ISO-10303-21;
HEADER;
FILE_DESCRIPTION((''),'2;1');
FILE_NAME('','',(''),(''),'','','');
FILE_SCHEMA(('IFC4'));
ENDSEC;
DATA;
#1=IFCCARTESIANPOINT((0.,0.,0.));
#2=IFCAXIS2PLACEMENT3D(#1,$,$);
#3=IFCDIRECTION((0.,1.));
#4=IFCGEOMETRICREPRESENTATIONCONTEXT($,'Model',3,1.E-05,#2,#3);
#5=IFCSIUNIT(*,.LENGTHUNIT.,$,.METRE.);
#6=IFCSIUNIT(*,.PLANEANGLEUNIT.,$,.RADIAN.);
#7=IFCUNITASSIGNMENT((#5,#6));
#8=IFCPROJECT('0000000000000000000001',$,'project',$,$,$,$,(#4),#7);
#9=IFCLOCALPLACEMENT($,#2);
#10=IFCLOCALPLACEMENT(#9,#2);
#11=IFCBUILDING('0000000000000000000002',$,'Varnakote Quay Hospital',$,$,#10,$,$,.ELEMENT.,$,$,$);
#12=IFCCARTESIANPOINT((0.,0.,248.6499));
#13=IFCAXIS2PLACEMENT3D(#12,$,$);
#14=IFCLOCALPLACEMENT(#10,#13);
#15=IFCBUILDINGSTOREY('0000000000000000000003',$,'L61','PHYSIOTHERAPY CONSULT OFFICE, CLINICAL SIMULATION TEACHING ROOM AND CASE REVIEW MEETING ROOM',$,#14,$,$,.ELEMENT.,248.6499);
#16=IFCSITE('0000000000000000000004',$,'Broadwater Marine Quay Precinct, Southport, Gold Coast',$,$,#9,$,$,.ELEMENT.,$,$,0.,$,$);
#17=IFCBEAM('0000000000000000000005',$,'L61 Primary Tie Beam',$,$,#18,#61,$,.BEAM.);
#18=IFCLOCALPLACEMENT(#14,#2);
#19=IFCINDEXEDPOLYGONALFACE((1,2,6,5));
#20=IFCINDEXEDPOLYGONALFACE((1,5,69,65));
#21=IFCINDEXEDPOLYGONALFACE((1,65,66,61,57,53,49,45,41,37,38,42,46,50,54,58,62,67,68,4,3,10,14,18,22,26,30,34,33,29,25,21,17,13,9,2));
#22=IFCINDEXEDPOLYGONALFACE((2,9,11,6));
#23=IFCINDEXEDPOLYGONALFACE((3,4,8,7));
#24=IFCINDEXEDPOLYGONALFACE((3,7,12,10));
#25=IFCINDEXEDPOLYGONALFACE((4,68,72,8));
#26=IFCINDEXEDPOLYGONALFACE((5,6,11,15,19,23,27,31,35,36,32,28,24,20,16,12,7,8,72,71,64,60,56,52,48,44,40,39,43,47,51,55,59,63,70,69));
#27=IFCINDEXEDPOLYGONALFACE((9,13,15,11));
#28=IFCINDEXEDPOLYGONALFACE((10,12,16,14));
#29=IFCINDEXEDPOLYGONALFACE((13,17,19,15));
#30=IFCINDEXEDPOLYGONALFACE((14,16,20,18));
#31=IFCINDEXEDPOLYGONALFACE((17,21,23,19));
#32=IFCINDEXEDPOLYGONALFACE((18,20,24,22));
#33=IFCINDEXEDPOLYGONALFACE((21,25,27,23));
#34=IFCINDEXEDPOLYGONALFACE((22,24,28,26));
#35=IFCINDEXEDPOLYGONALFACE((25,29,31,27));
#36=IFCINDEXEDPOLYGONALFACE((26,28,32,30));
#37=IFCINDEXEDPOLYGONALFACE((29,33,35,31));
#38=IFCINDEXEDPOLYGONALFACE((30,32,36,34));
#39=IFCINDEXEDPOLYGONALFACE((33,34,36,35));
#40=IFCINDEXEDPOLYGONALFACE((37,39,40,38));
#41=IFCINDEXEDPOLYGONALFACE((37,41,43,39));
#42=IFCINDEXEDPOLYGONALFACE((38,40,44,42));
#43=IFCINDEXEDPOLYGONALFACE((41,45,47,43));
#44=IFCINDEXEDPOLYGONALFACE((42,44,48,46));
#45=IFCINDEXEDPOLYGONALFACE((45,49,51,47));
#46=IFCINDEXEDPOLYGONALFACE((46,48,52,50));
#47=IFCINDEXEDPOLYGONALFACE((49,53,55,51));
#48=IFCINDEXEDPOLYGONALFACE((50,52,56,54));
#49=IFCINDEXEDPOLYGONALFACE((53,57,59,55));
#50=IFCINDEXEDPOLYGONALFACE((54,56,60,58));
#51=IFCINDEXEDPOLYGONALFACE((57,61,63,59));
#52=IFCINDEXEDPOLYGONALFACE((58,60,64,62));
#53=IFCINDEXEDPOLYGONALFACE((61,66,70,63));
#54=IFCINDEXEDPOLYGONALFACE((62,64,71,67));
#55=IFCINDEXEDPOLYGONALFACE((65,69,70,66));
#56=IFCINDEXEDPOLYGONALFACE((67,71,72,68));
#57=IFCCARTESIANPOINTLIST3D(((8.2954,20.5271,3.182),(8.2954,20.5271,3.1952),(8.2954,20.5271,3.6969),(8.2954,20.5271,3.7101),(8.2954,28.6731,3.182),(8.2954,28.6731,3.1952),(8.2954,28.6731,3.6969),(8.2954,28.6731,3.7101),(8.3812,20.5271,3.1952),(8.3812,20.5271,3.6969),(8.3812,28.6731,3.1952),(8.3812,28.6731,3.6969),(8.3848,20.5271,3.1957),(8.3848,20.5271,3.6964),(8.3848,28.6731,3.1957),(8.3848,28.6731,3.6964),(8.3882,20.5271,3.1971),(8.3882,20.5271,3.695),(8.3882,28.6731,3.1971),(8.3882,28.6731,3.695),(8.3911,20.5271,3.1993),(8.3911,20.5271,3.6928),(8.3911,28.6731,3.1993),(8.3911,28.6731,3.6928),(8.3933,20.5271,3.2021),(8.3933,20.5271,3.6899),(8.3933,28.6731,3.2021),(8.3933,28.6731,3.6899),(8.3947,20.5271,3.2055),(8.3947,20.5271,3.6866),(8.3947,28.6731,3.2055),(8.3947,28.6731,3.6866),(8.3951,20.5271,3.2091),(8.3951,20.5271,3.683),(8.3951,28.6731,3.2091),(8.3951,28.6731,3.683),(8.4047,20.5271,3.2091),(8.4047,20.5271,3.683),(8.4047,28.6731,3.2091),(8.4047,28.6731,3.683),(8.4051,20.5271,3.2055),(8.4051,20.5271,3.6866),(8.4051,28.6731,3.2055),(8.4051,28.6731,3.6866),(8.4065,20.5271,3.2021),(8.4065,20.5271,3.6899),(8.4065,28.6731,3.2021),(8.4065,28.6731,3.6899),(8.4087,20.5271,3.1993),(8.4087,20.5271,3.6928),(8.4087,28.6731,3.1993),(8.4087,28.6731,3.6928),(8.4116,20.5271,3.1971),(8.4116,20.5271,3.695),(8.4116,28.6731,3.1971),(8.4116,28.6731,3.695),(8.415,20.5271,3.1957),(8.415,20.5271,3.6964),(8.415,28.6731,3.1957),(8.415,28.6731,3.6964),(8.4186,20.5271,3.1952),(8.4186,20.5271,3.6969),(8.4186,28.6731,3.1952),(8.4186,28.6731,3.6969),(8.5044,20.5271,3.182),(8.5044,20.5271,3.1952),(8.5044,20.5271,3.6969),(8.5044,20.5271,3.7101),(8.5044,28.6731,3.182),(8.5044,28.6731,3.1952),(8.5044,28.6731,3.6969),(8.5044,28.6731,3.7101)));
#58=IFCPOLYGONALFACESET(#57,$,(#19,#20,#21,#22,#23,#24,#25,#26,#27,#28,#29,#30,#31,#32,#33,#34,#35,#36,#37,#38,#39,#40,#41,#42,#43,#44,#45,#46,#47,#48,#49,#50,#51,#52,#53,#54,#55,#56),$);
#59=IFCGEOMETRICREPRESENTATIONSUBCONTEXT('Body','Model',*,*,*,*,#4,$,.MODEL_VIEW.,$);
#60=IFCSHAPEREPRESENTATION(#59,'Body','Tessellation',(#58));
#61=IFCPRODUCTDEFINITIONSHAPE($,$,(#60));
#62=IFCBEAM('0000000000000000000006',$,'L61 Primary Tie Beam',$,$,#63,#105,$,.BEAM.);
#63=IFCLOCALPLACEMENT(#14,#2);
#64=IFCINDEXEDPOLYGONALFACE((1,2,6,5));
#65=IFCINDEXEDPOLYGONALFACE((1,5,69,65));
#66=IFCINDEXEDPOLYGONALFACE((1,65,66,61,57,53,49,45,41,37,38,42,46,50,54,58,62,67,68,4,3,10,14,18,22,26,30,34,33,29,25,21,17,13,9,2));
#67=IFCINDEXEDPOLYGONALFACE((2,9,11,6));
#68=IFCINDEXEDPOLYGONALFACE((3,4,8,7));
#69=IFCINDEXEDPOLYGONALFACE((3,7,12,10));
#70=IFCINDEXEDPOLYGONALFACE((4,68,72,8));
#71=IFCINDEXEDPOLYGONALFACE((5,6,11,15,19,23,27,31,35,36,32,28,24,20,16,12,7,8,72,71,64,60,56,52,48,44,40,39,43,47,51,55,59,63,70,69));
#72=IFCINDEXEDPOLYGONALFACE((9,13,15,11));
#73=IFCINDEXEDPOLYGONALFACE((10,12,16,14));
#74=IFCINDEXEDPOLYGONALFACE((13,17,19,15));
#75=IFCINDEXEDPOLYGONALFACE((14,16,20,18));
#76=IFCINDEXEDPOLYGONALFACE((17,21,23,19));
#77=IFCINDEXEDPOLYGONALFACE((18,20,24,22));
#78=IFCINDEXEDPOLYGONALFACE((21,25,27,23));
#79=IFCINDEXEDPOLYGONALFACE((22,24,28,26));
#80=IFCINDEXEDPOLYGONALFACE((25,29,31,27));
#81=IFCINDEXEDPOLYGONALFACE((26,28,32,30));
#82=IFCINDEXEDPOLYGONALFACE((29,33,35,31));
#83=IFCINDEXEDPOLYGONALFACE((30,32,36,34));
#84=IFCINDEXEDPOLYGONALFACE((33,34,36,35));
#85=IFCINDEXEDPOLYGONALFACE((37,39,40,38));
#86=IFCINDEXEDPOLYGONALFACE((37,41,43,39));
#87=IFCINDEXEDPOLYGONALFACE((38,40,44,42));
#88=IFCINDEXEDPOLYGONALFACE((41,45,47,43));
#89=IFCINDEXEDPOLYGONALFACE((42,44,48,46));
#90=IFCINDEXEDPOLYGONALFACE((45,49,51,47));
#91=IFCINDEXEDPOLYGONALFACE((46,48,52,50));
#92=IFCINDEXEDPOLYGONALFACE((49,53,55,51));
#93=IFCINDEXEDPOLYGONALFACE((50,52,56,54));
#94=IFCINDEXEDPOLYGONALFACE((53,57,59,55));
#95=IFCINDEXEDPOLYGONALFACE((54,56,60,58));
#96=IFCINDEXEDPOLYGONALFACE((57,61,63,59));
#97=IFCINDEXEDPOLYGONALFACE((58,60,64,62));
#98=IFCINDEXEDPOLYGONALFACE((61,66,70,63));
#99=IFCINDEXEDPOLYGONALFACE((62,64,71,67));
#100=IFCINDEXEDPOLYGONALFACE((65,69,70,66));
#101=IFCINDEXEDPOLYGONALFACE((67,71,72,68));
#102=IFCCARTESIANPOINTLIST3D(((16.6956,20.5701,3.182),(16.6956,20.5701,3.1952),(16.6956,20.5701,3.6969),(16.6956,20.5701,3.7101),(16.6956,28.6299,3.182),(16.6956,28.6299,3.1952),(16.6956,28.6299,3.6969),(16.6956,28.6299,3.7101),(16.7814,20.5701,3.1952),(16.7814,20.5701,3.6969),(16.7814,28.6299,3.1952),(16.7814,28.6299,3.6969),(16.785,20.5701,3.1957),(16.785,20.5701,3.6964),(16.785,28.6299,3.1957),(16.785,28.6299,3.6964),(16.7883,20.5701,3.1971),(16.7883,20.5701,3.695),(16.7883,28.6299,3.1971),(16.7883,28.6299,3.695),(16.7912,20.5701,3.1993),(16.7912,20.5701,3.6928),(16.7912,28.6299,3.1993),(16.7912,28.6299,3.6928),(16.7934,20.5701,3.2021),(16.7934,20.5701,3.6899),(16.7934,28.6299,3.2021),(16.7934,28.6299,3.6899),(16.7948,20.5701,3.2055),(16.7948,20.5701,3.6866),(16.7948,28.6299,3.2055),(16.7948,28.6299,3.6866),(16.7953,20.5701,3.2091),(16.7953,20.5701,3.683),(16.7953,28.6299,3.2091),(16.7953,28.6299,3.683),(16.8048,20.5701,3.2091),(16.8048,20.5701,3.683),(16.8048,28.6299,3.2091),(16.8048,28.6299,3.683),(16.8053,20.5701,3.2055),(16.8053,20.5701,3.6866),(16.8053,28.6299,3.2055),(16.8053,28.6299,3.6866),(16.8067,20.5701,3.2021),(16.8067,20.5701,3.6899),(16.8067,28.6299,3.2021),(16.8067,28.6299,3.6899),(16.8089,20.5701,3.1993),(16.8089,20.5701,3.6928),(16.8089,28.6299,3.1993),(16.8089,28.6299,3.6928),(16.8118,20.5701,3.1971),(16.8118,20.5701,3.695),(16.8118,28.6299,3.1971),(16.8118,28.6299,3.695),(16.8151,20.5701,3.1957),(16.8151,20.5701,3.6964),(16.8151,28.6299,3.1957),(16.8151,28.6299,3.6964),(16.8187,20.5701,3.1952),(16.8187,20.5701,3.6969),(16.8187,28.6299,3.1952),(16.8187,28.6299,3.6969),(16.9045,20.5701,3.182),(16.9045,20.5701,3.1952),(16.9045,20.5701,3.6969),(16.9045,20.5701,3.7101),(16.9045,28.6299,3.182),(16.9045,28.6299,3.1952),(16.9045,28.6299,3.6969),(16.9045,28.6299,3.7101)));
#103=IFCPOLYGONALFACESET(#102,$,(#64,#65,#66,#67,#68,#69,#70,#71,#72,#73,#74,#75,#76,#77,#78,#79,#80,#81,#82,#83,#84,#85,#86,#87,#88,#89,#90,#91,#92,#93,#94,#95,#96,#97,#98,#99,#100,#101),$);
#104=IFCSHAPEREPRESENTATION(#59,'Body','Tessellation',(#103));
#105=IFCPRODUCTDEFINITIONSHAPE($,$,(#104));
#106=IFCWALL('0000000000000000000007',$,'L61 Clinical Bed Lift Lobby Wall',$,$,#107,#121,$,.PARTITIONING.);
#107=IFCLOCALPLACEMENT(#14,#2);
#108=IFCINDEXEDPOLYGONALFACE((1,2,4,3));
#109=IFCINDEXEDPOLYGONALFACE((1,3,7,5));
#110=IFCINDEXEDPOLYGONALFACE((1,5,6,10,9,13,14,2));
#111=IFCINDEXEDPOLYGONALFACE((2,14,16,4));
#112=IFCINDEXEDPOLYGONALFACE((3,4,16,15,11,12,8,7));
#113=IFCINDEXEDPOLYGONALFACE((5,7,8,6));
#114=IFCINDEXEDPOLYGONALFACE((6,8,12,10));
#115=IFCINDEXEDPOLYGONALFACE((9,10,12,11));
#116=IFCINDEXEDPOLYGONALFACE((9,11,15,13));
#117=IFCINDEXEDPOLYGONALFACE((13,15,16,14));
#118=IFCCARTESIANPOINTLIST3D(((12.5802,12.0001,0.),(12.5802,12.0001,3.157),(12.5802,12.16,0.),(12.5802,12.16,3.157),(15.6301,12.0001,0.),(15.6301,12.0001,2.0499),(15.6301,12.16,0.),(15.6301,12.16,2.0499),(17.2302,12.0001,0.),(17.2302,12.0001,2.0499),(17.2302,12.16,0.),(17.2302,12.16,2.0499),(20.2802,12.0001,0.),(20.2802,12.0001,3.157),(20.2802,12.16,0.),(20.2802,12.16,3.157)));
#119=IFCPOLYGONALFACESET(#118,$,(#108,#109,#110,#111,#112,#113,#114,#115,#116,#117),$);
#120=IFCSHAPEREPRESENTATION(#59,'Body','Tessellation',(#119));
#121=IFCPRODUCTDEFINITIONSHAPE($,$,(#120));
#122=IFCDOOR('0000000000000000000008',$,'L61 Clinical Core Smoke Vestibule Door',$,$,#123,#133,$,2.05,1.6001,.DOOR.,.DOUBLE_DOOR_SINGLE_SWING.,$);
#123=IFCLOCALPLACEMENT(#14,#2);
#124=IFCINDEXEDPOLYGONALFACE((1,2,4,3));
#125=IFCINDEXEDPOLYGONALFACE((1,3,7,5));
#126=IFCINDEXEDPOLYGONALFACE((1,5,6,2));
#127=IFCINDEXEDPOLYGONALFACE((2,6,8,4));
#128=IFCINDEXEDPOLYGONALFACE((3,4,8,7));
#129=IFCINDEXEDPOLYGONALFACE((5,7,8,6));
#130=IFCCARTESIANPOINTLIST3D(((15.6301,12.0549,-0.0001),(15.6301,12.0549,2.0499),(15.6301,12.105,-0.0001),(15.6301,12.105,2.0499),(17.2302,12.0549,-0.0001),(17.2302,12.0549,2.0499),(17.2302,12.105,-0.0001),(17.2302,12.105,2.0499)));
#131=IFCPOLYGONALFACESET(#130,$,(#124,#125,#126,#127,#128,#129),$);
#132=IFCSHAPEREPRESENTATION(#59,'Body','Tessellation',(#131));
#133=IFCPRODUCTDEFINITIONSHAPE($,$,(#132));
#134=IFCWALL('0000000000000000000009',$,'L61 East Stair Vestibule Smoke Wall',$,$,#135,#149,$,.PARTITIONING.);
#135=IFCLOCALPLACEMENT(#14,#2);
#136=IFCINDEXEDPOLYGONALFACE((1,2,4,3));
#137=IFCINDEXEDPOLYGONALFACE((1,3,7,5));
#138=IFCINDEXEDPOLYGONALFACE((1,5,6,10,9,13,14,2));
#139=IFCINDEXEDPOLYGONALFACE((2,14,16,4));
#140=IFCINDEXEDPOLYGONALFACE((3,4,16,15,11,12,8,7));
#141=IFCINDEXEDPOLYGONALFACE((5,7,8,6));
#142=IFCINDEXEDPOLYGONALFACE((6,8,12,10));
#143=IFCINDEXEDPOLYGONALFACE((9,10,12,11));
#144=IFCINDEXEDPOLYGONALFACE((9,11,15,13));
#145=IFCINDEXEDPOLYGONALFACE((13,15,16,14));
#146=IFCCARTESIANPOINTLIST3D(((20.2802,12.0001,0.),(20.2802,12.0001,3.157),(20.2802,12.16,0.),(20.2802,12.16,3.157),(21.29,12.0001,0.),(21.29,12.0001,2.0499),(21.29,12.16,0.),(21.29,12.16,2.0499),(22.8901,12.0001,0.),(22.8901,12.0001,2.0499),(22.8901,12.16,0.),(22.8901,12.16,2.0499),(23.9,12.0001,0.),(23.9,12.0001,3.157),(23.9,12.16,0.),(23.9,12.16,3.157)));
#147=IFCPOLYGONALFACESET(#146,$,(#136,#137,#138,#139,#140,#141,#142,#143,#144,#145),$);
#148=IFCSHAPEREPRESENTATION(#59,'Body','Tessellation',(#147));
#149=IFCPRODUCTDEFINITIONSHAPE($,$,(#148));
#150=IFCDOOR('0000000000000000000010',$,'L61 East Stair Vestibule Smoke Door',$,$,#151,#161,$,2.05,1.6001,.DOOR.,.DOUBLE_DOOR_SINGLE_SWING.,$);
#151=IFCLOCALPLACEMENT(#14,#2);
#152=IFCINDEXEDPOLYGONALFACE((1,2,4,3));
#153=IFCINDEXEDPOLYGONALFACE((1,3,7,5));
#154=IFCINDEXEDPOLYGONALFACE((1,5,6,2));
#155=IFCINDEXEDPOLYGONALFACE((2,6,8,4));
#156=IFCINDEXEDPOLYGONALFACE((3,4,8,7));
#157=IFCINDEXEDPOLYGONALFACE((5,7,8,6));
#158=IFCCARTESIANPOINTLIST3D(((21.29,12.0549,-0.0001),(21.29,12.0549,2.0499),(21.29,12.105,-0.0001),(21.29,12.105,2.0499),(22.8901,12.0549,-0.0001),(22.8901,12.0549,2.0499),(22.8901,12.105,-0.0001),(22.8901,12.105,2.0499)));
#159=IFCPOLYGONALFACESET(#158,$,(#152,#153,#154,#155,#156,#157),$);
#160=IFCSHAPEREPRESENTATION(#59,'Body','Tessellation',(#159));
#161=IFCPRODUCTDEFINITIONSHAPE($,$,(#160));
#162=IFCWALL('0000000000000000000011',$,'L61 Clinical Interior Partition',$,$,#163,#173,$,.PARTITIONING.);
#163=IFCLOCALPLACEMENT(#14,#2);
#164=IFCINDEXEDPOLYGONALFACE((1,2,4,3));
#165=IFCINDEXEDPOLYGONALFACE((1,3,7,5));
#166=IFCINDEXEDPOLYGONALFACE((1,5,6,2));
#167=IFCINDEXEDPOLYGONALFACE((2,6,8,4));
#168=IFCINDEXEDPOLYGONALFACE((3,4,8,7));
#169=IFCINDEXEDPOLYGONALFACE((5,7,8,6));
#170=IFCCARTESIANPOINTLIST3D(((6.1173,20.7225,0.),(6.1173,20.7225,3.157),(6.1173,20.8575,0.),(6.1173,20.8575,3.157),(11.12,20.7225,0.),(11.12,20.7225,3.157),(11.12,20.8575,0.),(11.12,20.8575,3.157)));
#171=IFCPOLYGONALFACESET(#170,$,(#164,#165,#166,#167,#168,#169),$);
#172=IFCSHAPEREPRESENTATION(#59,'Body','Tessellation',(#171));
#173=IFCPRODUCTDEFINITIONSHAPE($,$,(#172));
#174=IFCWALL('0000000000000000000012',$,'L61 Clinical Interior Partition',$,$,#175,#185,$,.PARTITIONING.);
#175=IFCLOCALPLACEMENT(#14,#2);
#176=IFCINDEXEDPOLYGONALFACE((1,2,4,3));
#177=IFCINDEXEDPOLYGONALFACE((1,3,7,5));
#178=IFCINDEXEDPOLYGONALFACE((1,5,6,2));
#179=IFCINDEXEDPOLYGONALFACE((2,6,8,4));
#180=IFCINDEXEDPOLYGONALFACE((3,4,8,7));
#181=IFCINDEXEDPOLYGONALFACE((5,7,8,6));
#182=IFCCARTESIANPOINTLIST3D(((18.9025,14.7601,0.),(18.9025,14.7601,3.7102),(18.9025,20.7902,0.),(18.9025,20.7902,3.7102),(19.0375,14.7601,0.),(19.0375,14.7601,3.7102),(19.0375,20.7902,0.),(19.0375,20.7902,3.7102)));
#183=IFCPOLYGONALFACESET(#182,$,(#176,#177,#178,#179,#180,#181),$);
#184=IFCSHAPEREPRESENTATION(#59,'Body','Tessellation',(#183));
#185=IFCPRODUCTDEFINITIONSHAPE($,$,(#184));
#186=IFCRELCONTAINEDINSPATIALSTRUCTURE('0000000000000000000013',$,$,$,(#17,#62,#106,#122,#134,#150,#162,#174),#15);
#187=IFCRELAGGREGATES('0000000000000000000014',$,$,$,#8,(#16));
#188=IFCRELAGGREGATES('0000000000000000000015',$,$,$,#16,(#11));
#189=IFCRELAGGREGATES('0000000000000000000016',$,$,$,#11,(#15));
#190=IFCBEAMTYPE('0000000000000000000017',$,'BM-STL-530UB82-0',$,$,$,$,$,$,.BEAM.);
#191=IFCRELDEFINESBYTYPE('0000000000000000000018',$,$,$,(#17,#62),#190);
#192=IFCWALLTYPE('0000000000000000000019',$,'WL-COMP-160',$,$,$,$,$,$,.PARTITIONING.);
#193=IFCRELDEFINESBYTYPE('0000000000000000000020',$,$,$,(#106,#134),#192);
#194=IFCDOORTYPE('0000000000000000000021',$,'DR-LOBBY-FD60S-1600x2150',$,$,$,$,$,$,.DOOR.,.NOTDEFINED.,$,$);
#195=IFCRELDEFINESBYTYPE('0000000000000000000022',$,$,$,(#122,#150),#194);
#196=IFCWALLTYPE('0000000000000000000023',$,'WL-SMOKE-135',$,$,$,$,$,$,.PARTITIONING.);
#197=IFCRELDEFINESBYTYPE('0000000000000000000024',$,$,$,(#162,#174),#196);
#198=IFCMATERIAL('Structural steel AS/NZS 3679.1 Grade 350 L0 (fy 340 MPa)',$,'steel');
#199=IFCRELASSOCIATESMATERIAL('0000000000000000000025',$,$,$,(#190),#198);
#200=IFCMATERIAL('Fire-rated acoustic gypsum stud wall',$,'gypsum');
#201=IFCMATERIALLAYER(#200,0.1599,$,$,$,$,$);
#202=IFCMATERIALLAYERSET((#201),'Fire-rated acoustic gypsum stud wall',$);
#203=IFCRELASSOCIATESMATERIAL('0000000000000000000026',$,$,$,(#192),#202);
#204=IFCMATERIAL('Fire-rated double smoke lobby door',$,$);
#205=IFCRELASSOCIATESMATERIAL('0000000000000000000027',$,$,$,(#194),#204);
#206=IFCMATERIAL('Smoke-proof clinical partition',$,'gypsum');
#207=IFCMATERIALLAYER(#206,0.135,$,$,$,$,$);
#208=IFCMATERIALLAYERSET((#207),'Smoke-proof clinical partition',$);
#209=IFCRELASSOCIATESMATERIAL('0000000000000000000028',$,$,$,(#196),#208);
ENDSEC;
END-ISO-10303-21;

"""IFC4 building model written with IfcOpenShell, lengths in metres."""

from ifc_helpers import new_model, si_unit, direction, frame, frame_2d, origin, origin_2d, place, context, subcontext, project, spatial, rectangle, i_section, extrude, material, layer, layer_set, material_profile, profile_set, type_object, element, fill, save


model = new_model("IFC4")

# Units and contexts
model_context = context("Model", 3, precision=1e-05, world=origin(), true_north=direction((0.0, 1.0)))
body_context = subcontext(model_context, "Body", "Model", "MODEL_VIEW")
ifc_project = project(units=[si_unit("LENGTHUNIT", "METRE"), si_unit("PLANEANGLEUNIT", "RADIAN")], contexts=[model_context])

# Site, building, storey
site_placement = place(None, origin())
site = spatial("IfcSite", under=ifc_project, at=site_placement, Name="Broadwater Marine Quay Precinct, Southport, Gold Coast", CompositionType="ELEMENT", RefElevation=0.0)
building_placement = place(site_placement, origin())
building = spatial("IfcBuilding", under=site, at=building_placement, Name="Varnakote Quay Hospital", CompositionType="ELEMENT")
storey_placement = place(building_placement, frame((0.0, 0.0, 248.6499)))
storey = spatial("IfcBuildingStorey", under=building, at=storey_placement, Name="L61", Description="PHYSIOTHERAPY CONSULT OFFICE, CLINICAL SIMULATION TEACHING ROOM AND CASE REVIEW MEETING ROOM", CompositionType="ELEMENT", Elevation=248.6499)

# Beams
ifc_material_1 = material(Name="Structural steel AS/NZS 3679.1 Grade 350 L0 (fy 340 MPa)", Category="steel")
ifc_material_profile_1 = material_profile(ifc_material_1, i_section(OverallWidth=0.209, OverallDepth=0.5281, WebThickness=0.0095, FlangeThickness=0.0132, FilletRadius=0.0139, at=origin_2d()), Name="530UB82.0")
ifc_profile_set_1 = profile_set([ifc_material_profile_1], Name="Structural steel AS/NZS 3679.1 Grade 350 L0 (fy 340 MPa)")
beam_type = type_object("IfcBeamType", Name="BM-STL-530UB82-0", PredefinedType="BEAM", material=ifc_profile_set_1)
beam_1_placement = place(storey_placement, frame((8.3999, 20.5271, 3.446), z_axis=(0.0, 1.0, 0.0), x_axis=(-1.0, 0.0, 0.0)))
element("IfcBeam", 1, at=beam_1_placement, inside=storey, type_object=beam_type, Name="L61 Primary Tie Beam", PredefinedType="BEAM", context=body_context, shape_type="SweptSolid", body=[
    extrude(i_section(OverallWidth=0.209, OverallDepth=0.5281, WebThickness=0.0095, FlangeThickness=0.0132, FilletRadius=0.0139, at=origin_2d()), origin(), (0.0, 0.0, 1.0), 8.146),
])
beam_2_placement = place(storey_placement, frame((16.8, 20.5701, 3.446), z_axis=(0.0, 1.0, 0.0), x_axis=(-1.0, 0.0, 0.0)))
element("IfcBeam", 2, at=beam_2_placement, inside=storey, type_object=beam_type, Name="L61 Primary Tie Beam", PredefinedType="BEAM", context=body_context, shape_type="SweptSolid", body=[
    extrude(i_section(OverallWidth=0.209, OverallDepth=0.5281, WebThickness=0.0095, FlangeThickness=0.0132, FilletRadius=0.0139, at=origin_2d()), origin(), (0.0, 0.0, 1.0), 8.0598),
])

# Walls, openings, doors
ifc_material_2 = material(Name="Fire-rated acoustic gypsum stud wall", Category="gypsum")
ifc_layer_1 = layer(ifc_material_2, 0.1599)
ifc_layer_set_1 = layer_set([ifc_layer_1], Name="Fire-rated acoustic gypsum stud wall")
wall_type_1 = type_object("IfcWallType", Name="WL-COMP-160", PredefinedType="PARTITIONING", material=ifc_layer_set_1)
wall_1_placement = place(storey_placement, frame((12.5801, 12.0801, 0.0), z_axis=(0.0, 0.0, 1.0), x_axis=(1.0, 0.0, 0.0)))
wall_1 = element("IfcWall", 3, at=wall_1_placement, inside=storey, type_object=wall_type_1, Name="L61 Clinical Bed Lift Lobby Wall", PredefinedType="PARTITIONING", context=body_context, shape_type="SweptSolid", body=[
    extrude(rectangle(XDim=7.7, YDim=0.1599, at=frame_2d((3.8501, 0.0))), origin(), (0.0, 0.0, 1.0), 3.157),
])
opening_1_placement = place(wall_1_placement, frame((3.05, 0.0, 0.0)))
opening_1 = element("IfcOpeningElement", 4, at=opening_1_placement, cuts=wall_1, PredefinedType="OPENING", context=body_context, shape_type="SweptSolid", body=[
    extrude(rectangle(XDim=1.6001, YDim=2.05, at=frame_2d((0.8, 1.0249))), frame((0.0, 0.0898, 0.0), z_axis=(0.0, -1.0, 0.0), x_axis=(1.0, 0.0, 0.0)), (0.0, 0.0, 1.0), 0.1799),
])
ifc_material_3 = material(Name="Fire-rated double smoke lobby door")
door_type_1 = type_object("IfcDoorType", Name="DR-LOBBY-FD60S-1600x2150", OperationType="NOTDEFINED", PredefinedType="DOOR", material=ifc_material_3)
door_1_placement = place(opening_1_placement, origin())
door_1 = element("IfcDoor", 5, at=door_1_placement, inside=storey, type_object=door_type_1, Name="L61 Clinical Core Smoke Vestibule Door", OperationType="DOUBLE_DOOR_SINGLE_SWING", OverallHeight=2.05, OverallWidth=1.6001, PredefinedType="DOOR", context=body_context, shape_type="SweptSolid", body=[
    extrude(rectangle(XDim=1.6001, YDim=2.05, at=frame_2d((0.8, 1.0249))), frame((0.0, 0.0249, 0.0), z_axis=(0.0, -1.0, 0.0), x_axis=(1.0, 0.0, 0.0)), (0.0, 0.0, 1.0), 0.05),
])
fill(opening_1, door_1)
wall_2_placement = place(storey_placement, frame((20.28, 12.0801, 0.0), z_axis=(0.0, 0.0, 1.0), x_axis=(1.0, 0.0, 0.0)))
wall_2 = element("IfcWall", 6, at=wall_2_placement, inside=storey, type_object=wall_type_1, Name="L61 East Stair Vestibule Smoke Wall", PredefinedType="PARTITIONING", context=body_context, shape_type="SweptSolid", body=[
    extrude(rectangle(XDim=3.6199, YDim=0.1599, at=frame_2d((1.8101, 0.0))), origin(), (0.0, 0.0, 1.0), 3.157),
])
opening_2_placement = place(wall_2_placement, frame((1.01, 0.0, 0.0)))
opening_2 = element("IfcOpeningElement", 7, at=opening_2_placement, cuts=wall_2, PredefinedType="OPENING", context=body_context, shape_type="SweptSolid", body=[
    extrude(rectangle(XDim=1.6001, YDim=2.05, at=frame_2d((0.8, 1.0249))), frame((0.0, 0.0898, 0.0), z_axis=(0.0, -1.0, 0.0), x_axis=(1.0, 0.0, 0.0)), (0.0, 0.0, 1.0), 0.1799),
])
door_2_placement = place(opening_2_placement, origin())
door_2 = element("IfcDoor", 8, at=door_2_placement, inside=storey, type_object=door_type_1, Name="L61 East Stair Vestibule Smoke Door", OperationType="DOUBLE_DOOR_SINGLE_SWING", OverallHeight=2.05, OverallWidth=1.6001, PredefinedType="DOOR", context=body_context, shape_type="SweptSolid", body=[
    extrude(rectangle(XDim=1.6001, YDim=2.05, at=frame_2d((0.8, 1.0249))), frame((0.0, 0.0249, 0.0), z_axis=(0.0, -1.0, 0.0), x_axis=(1.0, 0.0, 0.0)), (0.0, 0.0, 1.0), 0.05),
])
fill(opening_2, door_2)

# Walls
ifc_material_4 = material(Name="Smoke-proof clinical partition", Category="gypsum")
ifc_layer_2 = layer(ifc_material_4, 0.135)
ifc_layer_set_2 = layer_set([ifc_layer_2], Name="Smoke-proof clinical partition")
wall_type_2 = type_object("IfcWallType", Name="WL-SMOKE-135", PredefinedType="PARTITIONING", material=ifc_layer_set_2)
wall_3_placement = place(storey_placement, frame((11.1201, 20.79, 0.0), z_axis=(0.0, 0.0, 1.0), x_axis=(-1.0, 0.0, 0.0)))
element("IfcWall", 9, at=wall_3_placement, inside=storey, type_object=wall_type_2, Name="L61 Clinical Interior Partition", PredefinedType="PARTITIONING", context=body_context, shape_type="SweptSolid", body=[
    extrude(rectangle(XDim=5.0027, YDim=0.135, at=frame_2d((2.5015, 0.0))), origin(), (0.0, 0.0, 1.0), 3.157),
])
wall_4_placement = place(storey_placement, frame((18.97, 14.76, 0.0), z_axis=(0.0, 0.0, 1.0), x_axis=(0.0, 1.0, 0.0)))
element("IfcWall", 10, at=wall_4_placement, inside=storey, type_object=wall_type_2, Name="L61 Clinical Interior Partition", PredefinedType="PARTITIONING", context=body_context, shape_type="SweptSolid", body=[
    extrude(rectangle(XDim=6.03, YDim=0.135, at=frame_2d((3.0151, 0.0))), origin(), (0.0, 0.0, 1.0), 3.7102),
])

save(model, "model.ifc")
